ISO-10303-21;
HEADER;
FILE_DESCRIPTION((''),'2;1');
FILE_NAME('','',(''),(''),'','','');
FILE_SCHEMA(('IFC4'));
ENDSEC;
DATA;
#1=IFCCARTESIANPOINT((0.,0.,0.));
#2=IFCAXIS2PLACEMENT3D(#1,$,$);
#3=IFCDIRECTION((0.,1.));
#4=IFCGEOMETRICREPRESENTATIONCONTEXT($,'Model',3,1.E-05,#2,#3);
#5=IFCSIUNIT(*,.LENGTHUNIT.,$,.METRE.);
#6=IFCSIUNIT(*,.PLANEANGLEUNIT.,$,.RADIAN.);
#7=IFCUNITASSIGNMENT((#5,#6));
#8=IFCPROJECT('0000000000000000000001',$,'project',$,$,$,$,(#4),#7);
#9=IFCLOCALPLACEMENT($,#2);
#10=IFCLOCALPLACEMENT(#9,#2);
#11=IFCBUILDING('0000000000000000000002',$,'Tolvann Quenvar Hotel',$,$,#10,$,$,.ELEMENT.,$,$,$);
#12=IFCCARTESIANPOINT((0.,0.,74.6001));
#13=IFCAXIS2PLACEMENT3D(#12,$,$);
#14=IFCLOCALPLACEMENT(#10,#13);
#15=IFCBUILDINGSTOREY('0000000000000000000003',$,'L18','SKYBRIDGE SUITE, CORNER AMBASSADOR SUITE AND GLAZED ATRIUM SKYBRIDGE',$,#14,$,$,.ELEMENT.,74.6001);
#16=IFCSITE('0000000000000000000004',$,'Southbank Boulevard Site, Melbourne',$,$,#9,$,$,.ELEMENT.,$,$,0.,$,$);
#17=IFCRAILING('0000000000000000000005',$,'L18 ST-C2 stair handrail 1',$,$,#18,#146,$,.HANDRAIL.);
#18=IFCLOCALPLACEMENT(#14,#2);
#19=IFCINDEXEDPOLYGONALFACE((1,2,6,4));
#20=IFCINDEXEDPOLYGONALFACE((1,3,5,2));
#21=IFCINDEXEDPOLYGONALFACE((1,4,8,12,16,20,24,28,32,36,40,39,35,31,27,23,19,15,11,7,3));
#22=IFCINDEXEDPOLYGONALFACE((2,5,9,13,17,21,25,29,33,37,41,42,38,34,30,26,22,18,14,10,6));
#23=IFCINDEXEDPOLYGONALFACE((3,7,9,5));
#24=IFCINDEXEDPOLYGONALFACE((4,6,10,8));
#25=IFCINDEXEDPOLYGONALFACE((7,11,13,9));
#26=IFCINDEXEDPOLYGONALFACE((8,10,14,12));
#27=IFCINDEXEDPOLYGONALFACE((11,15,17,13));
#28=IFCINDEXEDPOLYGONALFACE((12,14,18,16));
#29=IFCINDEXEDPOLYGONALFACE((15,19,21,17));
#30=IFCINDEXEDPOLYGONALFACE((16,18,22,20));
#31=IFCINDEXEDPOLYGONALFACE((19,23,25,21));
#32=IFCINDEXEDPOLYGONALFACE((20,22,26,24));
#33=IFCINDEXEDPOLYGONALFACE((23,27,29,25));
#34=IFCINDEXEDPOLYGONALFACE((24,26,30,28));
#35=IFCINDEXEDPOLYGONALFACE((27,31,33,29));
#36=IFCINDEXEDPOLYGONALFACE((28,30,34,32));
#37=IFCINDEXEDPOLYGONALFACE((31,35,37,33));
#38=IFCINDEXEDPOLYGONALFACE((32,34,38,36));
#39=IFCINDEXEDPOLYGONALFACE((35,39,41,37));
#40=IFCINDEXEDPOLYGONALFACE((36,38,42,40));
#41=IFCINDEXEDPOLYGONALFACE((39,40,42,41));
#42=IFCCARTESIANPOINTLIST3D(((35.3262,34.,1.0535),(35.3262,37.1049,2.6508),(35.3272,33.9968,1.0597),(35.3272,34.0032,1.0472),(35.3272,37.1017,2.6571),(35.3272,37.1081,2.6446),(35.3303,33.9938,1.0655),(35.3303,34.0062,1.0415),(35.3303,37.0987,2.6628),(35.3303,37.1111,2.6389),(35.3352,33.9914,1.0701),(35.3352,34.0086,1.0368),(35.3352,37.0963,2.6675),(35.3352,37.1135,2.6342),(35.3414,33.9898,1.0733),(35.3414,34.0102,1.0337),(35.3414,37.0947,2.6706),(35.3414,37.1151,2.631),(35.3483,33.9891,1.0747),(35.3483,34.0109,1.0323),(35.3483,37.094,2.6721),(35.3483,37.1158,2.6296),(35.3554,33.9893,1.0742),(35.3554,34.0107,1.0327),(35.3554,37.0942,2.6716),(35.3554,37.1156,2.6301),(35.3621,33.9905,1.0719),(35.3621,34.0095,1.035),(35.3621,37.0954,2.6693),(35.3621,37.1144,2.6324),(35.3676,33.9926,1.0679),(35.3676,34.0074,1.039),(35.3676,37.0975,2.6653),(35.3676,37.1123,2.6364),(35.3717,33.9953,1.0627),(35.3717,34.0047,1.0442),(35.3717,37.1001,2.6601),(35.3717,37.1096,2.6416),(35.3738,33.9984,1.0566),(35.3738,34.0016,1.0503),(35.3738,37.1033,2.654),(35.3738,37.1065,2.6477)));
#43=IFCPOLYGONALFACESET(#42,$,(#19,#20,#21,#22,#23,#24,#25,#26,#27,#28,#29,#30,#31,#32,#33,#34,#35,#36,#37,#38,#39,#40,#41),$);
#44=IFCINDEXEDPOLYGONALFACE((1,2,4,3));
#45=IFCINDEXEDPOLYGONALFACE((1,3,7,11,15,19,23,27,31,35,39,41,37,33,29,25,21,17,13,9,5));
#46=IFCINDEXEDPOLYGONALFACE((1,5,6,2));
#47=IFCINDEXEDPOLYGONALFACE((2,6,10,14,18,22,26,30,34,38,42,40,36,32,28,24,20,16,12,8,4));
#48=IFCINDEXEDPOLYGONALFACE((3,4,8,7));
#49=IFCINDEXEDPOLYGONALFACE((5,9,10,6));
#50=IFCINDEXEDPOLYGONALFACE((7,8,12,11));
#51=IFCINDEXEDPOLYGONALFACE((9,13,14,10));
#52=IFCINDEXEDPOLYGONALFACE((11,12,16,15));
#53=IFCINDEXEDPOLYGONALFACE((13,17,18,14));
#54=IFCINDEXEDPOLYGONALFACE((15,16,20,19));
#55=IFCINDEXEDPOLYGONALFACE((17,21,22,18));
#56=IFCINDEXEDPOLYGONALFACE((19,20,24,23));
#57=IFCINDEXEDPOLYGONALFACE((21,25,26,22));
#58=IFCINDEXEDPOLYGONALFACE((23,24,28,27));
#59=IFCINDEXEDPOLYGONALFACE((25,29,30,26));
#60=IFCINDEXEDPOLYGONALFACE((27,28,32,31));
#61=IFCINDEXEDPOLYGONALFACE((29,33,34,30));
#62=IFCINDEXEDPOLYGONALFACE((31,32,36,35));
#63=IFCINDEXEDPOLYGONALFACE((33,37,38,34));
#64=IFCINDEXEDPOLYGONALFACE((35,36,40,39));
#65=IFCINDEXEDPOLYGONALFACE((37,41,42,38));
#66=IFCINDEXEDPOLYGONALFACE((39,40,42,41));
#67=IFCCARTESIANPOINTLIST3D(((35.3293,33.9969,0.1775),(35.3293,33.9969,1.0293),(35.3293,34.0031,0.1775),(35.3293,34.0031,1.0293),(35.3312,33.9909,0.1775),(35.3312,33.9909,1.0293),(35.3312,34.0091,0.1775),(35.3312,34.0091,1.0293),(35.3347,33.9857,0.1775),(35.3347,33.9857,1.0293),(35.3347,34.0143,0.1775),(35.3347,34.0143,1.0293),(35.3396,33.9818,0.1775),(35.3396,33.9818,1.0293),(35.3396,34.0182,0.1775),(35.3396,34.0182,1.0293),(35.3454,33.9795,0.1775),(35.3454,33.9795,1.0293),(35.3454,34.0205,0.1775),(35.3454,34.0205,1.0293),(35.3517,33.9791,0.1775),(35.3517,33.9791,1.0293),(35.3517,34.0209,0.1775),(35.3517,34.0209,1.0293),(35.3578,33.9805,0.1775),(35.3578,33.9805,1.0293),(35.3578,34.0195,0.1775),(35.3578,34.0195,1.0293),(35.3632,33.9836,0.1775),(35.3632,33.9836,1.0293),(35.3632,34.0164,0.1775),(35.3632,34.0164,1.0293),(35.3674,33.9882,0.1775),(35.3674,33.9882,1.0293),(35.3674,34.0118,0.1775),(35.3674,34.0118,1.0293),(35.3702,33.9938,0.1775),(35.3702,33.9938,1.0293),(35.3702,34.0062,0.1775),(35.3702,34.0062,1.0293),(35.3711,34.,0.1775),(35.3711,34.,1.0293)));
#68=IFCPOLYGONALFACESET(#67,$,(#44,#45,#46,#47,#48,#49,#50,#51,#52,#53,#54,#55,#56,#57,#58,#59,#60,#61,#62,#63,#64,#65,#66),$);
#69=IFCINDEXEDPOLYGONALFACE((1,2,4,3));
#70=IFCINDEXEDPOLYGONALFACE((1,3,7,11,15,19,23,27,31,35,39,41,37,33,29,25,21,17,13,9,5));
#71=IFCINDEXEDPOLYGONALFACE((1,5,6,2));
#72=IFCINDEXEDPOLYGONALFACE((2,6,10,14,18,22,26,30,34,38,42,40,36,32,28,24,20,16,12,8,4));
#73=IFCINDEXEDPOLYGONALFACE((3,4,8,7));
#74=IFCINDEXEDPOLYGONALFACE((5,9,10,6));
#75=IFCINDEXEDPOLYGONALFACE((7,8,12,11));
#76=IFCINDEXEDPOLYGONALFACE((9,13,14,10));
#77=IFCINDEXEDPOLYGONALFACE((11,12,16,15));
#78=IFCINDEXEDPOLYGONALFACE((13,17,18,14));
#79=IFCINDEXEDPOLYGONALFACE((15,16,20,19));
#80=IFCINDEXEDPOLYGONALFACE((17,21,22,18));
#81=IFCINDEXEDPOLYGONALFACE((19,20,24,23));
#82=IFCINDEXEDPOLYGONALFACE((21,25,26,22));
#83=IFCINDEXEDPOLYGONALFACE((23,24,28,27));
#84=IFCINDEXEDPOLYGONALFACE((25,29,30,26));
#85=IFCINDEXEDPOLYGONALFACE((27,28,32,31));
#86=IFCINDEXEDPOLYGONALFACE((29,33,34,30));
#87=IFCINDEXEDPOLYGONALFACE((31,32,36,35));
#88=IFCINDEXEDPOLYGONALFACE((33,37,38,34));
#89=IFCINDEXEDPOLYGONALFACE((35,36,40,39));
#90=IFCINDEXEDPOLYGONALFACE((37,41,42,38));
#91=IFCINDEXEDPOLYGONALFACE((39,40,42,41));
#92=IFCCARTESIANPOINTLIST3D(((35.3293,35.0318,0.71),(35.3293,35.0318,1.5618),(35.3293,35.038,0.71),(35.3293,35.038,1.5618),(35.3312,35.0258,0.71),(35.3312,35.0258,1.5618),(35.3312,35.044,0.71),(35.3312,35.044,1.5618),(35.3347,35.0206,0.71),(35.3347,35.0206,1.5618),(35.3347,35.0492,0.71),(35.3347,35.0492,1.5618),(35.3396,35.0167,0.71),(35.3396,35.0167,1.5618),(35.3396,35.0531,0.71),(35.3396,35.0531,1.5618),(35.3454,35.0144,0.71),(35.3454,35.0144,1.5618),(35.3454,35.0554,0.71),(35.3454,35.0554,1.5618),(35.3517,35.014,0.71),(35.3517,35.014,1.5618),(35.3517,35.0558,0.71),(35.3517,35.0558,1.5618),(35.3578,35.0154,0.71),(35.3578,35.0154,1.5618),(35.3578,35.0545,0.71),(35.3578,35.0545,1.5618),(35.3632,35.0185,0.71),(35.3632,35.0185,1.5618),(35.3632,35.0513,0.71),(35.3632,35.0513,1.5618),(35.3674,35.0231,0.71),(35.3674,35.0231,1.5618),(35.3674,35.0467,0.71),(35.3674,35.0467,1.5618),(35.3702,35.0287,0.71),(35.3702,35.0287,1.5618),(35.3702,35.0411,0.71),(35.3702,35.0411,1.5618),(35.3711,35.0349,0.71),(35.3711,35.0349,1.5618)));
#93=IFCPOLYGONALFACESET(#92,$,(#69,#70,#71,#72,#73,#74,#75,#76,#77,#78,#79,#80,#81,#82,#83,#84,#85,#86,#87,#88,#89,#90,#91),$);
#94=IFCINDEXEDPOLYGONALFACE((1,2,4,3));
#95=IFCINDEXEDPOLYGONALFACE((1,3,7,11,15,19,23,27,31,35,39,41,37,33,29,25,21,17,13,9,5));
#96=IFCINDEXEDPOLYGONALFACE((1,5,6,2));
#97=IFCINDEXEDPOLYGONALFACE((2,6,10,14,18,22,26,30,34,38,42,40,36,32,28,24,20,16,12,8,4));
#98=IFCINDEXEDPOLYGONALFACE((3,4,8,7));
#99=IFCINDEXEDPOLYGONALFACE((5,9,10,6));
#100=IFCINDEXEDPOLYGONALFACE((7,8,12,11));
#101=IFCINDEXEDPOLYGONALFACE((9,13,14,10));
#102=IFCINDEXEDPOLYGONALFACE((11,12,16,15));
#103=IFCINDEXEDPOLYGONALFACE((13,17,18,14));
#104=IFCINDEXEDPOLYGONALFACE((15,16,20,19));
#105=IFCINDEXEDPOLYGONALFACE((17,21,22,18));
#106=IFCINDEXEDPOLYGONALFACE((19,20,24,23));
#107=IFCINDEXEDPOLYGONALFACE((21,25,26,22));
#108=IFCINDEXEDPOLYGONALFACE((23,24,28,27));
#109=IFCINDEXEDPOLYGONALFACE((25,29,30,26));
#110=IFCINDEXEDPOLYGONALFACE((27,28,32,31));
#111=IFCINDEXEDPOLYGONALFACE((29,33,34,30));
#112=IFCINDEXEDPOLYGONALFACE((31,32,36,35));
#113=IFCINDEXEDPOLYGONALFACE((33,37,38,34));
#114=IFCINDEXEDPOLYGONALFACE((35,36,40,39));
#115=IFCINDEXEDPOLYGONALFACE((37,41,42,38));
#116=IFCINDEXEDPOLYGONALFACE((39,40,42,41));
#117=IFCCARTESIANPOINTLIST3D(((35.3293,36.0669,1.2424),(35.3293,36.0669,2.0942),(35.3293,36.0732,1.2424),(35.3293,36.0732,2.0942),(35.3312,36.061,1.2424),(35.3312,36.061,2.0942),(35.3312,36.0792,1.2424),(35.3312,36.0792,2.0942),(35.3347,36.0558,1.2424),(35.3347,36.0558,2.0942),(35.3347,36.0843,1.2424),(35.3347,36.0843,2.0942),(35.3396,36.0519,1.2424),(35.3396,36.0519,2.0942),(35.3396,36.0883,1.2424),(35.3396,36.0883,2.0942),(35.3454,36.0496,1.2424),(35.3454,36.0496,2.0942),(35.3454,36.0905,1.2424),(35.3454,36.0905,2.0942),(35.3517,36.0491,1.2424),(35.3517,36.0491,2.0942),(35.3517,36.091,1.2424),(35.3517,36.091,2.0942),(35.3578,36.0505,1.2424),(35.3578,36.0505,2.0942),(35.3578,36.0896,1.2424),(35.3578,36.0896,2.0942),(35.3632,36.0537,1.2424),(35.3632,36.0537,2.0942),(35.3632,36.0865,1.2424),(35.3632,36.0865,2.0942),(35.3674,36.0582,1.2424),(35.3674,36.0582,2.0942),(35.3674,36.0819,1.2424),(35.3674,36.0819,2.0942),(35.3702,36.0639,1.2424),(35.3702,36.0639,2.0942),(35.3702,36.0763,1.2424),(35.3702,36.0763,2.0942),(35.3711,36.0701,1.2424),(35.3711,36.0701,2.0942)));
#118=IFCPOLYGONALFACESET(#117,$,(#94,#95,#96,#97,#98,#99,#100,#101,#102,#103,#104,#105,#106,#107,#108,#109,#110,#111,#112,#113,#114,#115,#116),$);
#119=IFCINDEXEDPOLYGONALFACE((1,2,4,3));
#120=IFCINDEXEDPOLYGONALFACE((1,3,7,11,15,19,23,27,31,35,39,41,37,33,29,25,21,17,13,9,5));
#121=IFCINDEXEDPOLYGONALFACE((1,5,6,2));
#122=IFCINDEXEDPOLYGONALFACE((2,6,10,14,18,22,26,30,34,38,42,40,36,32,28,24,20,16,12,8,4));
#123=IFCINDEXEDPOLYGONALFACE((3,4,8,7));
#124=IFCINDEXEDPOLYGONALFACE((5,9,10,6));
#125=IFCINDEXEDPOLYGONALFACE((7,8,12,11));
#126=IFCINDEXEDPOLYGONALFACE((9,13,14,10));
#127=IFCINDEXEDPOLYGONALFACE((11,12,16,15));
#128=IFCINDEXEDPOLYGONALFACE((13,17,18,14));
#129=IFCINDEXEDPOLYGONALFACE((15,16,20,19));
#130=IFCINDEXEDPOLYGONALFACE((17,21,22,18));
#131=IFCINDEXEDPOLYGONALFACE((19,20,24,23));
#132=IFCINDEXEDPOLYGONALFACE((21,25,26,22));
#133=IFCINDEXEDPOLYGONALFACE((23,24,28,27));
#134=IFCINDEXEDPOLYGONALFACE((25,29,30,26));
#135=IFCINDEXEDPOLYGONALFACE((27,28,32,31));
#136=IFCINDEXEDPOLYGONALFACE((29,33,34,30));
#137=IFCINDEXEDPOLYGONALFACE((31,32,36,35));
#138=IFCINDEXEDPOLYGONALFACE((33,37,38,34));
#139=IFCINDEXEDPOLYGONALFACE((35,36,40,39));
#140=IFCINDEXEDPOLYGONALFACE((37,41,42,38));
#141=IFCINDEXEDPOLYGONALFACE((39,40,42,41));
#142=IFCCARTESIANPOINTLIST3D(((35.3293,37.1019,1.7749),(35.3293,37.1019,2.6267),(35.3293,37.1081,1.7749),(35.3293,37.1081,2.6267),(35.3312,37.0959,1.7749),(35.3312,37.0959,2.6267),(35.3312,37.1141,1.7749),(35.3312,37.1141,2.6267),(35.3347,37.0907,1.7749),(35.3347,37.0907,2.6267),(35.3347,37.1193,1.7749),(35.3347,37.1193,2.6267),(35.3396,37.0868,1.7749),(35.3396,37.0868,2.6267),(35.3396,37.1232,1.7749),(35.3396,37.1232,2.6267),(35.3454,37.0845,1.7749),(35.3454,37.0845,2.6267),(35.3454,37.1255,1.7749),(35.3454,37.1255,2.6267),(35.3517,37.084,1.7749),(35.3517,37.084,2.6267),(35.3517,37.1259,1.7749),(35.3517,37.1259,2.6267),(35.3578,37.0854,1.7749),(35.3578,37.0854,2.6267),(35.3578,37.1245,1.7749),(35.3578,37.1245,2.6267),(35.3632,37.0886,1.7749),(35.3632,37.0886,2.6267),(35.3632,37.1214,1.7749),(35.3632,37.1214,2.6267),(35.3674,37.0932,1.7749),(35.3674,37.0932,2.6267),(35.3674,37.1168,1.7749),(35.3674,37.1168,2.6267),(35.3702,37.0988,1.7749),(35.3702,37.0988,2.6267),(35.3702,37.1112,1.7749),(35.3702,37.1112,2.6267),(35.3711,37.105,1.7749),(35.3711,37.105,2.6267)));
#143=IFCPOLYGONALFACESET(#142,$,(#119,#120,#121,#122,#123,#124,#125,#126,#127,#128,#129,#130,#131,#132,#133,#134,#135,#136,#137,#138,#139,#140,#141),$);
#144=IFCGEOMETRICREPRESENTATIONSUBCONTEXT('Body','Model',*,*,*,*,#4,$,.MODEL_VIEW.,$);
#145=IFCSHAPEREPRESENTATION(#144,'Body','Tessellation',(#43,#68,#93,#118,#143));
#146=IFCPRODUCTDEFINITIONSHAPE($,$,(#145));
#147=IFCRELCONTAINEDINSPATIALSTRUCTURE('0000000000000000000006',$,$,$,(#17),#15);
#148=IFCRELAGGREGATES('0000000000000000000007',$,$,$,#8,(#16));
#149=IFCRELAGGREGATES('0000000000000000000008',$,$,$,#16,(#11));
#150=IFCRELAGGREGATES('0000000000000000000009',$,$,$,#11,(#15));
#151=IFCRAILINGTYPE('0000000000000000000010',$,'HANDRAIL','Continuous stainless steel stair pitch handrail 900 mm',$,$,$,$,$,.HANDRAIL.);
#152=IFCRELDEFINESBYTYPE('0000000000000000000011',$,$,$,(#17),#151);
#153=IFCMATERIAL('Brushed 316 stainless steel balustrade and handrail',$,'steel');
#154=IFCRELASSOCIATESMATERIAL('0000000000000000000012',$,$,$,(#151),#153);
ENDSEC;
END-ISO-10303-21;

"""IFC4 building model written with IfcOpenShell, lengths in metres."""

from ifc_helpers import new_model, si_unit, direction, frame, origin, origin_2d, place, context, subcontext, project, spatial, circle, extrude, material, type_object, element, save


model = new_model("IFC4")

# Units and contexts
model_context = context("Model", 3, precision=1e-05, world=origin(), true_north=direction((0.0, 1.0)))
body_context = subcontext(model_context, "Body", "Model", "MODEL_VIEW")
ifc_project = project(units=[si_unit("LENGTHUNIT", "METRE"), si_unit("PLANEANGLEUNIT", "RADIAN")], contexts=[model_context])

# Site, building, storey
site_placement = place(None, origin())
site = spatial("IfcSite", under=ifc_project, at=site_placement, Name="Southbank Boulevard Site, Melbourne", CompositionType="ELEMENT", RefElevation=0.0)
building_placement = place(site_placement, origin())
building = spatial("IfcBuilding", under=site, at=building_placement, Name="Tolvann Quenvar Hotel", CompositionType="ELEMENT")
storey_placement = place(building_placement, frame((0.0, 0.0, 74.6001)))
storey = spatial("IfcBuildingStorey", under=building, at=storey_placement, Name="L18", Description="SKYBRIDGE SUITE, CORNER AMBASSADOR SUITE AND GLAZED ATRIUM SKYBRIDGE", CompositionType="ELEMENT", Elevation=74.6001)

# Railing
ifc_material_1 = material(Name="Brushed 316 stainless steel balustrade and handrail", Category="steel")
railing_type_1 = type_object("IfcRailingType", Name="HANDRAIL", Description="Continuous stainless steel stair pitch handrail 900 mm", PredefinedType="HANDRAIL", material=ifc_material_1)
railing_1_placement = place(storey_placement, frame((35.3501, 34.0, 0.1775)))
element("IfcRailing", 1, at=railing_1_placement, inside=storey, type_object=railing_type_1, Name="L18 ST-C2 stair handrail 1", PredefinedType="HANDRAIL", context=body_context, shape_type="SweptSolid", body=[
    extrude(circle(Radius=0.0239, at=origin_2d()), frame((0.0, 0.0, 0.876), z_axis=(0.0, 0.889222, 0.457476), x_axis=(-1.0, 0.0, 0.0)), (0.0, 0.0, 1.0), 3.4917),
    extrude(circle(Radius=0.021, at=origin_2d()), origin(), (0.0, 0.0, 1.0), 0.8518),
    extrude(circle(Radius=0.021, at=origin_2d()), frame((0.0, 1.0349, 0.5325)), (0.0, 0.0, 1.0), 0.8518),
    extrude(circle(Radius=0.021, at=origin_2d()), frame((0.0, 2.0701, 1.0649)), (0.0, 0.0, 1.0), 0.8518),
    extrude(circle(Radius=0.021, at=origin_2d()), frame((0.0, 3.105, 1.5974)), (0.0, 0.0, 1.0), 0.8518),
])

save(model, "model.ifc")
